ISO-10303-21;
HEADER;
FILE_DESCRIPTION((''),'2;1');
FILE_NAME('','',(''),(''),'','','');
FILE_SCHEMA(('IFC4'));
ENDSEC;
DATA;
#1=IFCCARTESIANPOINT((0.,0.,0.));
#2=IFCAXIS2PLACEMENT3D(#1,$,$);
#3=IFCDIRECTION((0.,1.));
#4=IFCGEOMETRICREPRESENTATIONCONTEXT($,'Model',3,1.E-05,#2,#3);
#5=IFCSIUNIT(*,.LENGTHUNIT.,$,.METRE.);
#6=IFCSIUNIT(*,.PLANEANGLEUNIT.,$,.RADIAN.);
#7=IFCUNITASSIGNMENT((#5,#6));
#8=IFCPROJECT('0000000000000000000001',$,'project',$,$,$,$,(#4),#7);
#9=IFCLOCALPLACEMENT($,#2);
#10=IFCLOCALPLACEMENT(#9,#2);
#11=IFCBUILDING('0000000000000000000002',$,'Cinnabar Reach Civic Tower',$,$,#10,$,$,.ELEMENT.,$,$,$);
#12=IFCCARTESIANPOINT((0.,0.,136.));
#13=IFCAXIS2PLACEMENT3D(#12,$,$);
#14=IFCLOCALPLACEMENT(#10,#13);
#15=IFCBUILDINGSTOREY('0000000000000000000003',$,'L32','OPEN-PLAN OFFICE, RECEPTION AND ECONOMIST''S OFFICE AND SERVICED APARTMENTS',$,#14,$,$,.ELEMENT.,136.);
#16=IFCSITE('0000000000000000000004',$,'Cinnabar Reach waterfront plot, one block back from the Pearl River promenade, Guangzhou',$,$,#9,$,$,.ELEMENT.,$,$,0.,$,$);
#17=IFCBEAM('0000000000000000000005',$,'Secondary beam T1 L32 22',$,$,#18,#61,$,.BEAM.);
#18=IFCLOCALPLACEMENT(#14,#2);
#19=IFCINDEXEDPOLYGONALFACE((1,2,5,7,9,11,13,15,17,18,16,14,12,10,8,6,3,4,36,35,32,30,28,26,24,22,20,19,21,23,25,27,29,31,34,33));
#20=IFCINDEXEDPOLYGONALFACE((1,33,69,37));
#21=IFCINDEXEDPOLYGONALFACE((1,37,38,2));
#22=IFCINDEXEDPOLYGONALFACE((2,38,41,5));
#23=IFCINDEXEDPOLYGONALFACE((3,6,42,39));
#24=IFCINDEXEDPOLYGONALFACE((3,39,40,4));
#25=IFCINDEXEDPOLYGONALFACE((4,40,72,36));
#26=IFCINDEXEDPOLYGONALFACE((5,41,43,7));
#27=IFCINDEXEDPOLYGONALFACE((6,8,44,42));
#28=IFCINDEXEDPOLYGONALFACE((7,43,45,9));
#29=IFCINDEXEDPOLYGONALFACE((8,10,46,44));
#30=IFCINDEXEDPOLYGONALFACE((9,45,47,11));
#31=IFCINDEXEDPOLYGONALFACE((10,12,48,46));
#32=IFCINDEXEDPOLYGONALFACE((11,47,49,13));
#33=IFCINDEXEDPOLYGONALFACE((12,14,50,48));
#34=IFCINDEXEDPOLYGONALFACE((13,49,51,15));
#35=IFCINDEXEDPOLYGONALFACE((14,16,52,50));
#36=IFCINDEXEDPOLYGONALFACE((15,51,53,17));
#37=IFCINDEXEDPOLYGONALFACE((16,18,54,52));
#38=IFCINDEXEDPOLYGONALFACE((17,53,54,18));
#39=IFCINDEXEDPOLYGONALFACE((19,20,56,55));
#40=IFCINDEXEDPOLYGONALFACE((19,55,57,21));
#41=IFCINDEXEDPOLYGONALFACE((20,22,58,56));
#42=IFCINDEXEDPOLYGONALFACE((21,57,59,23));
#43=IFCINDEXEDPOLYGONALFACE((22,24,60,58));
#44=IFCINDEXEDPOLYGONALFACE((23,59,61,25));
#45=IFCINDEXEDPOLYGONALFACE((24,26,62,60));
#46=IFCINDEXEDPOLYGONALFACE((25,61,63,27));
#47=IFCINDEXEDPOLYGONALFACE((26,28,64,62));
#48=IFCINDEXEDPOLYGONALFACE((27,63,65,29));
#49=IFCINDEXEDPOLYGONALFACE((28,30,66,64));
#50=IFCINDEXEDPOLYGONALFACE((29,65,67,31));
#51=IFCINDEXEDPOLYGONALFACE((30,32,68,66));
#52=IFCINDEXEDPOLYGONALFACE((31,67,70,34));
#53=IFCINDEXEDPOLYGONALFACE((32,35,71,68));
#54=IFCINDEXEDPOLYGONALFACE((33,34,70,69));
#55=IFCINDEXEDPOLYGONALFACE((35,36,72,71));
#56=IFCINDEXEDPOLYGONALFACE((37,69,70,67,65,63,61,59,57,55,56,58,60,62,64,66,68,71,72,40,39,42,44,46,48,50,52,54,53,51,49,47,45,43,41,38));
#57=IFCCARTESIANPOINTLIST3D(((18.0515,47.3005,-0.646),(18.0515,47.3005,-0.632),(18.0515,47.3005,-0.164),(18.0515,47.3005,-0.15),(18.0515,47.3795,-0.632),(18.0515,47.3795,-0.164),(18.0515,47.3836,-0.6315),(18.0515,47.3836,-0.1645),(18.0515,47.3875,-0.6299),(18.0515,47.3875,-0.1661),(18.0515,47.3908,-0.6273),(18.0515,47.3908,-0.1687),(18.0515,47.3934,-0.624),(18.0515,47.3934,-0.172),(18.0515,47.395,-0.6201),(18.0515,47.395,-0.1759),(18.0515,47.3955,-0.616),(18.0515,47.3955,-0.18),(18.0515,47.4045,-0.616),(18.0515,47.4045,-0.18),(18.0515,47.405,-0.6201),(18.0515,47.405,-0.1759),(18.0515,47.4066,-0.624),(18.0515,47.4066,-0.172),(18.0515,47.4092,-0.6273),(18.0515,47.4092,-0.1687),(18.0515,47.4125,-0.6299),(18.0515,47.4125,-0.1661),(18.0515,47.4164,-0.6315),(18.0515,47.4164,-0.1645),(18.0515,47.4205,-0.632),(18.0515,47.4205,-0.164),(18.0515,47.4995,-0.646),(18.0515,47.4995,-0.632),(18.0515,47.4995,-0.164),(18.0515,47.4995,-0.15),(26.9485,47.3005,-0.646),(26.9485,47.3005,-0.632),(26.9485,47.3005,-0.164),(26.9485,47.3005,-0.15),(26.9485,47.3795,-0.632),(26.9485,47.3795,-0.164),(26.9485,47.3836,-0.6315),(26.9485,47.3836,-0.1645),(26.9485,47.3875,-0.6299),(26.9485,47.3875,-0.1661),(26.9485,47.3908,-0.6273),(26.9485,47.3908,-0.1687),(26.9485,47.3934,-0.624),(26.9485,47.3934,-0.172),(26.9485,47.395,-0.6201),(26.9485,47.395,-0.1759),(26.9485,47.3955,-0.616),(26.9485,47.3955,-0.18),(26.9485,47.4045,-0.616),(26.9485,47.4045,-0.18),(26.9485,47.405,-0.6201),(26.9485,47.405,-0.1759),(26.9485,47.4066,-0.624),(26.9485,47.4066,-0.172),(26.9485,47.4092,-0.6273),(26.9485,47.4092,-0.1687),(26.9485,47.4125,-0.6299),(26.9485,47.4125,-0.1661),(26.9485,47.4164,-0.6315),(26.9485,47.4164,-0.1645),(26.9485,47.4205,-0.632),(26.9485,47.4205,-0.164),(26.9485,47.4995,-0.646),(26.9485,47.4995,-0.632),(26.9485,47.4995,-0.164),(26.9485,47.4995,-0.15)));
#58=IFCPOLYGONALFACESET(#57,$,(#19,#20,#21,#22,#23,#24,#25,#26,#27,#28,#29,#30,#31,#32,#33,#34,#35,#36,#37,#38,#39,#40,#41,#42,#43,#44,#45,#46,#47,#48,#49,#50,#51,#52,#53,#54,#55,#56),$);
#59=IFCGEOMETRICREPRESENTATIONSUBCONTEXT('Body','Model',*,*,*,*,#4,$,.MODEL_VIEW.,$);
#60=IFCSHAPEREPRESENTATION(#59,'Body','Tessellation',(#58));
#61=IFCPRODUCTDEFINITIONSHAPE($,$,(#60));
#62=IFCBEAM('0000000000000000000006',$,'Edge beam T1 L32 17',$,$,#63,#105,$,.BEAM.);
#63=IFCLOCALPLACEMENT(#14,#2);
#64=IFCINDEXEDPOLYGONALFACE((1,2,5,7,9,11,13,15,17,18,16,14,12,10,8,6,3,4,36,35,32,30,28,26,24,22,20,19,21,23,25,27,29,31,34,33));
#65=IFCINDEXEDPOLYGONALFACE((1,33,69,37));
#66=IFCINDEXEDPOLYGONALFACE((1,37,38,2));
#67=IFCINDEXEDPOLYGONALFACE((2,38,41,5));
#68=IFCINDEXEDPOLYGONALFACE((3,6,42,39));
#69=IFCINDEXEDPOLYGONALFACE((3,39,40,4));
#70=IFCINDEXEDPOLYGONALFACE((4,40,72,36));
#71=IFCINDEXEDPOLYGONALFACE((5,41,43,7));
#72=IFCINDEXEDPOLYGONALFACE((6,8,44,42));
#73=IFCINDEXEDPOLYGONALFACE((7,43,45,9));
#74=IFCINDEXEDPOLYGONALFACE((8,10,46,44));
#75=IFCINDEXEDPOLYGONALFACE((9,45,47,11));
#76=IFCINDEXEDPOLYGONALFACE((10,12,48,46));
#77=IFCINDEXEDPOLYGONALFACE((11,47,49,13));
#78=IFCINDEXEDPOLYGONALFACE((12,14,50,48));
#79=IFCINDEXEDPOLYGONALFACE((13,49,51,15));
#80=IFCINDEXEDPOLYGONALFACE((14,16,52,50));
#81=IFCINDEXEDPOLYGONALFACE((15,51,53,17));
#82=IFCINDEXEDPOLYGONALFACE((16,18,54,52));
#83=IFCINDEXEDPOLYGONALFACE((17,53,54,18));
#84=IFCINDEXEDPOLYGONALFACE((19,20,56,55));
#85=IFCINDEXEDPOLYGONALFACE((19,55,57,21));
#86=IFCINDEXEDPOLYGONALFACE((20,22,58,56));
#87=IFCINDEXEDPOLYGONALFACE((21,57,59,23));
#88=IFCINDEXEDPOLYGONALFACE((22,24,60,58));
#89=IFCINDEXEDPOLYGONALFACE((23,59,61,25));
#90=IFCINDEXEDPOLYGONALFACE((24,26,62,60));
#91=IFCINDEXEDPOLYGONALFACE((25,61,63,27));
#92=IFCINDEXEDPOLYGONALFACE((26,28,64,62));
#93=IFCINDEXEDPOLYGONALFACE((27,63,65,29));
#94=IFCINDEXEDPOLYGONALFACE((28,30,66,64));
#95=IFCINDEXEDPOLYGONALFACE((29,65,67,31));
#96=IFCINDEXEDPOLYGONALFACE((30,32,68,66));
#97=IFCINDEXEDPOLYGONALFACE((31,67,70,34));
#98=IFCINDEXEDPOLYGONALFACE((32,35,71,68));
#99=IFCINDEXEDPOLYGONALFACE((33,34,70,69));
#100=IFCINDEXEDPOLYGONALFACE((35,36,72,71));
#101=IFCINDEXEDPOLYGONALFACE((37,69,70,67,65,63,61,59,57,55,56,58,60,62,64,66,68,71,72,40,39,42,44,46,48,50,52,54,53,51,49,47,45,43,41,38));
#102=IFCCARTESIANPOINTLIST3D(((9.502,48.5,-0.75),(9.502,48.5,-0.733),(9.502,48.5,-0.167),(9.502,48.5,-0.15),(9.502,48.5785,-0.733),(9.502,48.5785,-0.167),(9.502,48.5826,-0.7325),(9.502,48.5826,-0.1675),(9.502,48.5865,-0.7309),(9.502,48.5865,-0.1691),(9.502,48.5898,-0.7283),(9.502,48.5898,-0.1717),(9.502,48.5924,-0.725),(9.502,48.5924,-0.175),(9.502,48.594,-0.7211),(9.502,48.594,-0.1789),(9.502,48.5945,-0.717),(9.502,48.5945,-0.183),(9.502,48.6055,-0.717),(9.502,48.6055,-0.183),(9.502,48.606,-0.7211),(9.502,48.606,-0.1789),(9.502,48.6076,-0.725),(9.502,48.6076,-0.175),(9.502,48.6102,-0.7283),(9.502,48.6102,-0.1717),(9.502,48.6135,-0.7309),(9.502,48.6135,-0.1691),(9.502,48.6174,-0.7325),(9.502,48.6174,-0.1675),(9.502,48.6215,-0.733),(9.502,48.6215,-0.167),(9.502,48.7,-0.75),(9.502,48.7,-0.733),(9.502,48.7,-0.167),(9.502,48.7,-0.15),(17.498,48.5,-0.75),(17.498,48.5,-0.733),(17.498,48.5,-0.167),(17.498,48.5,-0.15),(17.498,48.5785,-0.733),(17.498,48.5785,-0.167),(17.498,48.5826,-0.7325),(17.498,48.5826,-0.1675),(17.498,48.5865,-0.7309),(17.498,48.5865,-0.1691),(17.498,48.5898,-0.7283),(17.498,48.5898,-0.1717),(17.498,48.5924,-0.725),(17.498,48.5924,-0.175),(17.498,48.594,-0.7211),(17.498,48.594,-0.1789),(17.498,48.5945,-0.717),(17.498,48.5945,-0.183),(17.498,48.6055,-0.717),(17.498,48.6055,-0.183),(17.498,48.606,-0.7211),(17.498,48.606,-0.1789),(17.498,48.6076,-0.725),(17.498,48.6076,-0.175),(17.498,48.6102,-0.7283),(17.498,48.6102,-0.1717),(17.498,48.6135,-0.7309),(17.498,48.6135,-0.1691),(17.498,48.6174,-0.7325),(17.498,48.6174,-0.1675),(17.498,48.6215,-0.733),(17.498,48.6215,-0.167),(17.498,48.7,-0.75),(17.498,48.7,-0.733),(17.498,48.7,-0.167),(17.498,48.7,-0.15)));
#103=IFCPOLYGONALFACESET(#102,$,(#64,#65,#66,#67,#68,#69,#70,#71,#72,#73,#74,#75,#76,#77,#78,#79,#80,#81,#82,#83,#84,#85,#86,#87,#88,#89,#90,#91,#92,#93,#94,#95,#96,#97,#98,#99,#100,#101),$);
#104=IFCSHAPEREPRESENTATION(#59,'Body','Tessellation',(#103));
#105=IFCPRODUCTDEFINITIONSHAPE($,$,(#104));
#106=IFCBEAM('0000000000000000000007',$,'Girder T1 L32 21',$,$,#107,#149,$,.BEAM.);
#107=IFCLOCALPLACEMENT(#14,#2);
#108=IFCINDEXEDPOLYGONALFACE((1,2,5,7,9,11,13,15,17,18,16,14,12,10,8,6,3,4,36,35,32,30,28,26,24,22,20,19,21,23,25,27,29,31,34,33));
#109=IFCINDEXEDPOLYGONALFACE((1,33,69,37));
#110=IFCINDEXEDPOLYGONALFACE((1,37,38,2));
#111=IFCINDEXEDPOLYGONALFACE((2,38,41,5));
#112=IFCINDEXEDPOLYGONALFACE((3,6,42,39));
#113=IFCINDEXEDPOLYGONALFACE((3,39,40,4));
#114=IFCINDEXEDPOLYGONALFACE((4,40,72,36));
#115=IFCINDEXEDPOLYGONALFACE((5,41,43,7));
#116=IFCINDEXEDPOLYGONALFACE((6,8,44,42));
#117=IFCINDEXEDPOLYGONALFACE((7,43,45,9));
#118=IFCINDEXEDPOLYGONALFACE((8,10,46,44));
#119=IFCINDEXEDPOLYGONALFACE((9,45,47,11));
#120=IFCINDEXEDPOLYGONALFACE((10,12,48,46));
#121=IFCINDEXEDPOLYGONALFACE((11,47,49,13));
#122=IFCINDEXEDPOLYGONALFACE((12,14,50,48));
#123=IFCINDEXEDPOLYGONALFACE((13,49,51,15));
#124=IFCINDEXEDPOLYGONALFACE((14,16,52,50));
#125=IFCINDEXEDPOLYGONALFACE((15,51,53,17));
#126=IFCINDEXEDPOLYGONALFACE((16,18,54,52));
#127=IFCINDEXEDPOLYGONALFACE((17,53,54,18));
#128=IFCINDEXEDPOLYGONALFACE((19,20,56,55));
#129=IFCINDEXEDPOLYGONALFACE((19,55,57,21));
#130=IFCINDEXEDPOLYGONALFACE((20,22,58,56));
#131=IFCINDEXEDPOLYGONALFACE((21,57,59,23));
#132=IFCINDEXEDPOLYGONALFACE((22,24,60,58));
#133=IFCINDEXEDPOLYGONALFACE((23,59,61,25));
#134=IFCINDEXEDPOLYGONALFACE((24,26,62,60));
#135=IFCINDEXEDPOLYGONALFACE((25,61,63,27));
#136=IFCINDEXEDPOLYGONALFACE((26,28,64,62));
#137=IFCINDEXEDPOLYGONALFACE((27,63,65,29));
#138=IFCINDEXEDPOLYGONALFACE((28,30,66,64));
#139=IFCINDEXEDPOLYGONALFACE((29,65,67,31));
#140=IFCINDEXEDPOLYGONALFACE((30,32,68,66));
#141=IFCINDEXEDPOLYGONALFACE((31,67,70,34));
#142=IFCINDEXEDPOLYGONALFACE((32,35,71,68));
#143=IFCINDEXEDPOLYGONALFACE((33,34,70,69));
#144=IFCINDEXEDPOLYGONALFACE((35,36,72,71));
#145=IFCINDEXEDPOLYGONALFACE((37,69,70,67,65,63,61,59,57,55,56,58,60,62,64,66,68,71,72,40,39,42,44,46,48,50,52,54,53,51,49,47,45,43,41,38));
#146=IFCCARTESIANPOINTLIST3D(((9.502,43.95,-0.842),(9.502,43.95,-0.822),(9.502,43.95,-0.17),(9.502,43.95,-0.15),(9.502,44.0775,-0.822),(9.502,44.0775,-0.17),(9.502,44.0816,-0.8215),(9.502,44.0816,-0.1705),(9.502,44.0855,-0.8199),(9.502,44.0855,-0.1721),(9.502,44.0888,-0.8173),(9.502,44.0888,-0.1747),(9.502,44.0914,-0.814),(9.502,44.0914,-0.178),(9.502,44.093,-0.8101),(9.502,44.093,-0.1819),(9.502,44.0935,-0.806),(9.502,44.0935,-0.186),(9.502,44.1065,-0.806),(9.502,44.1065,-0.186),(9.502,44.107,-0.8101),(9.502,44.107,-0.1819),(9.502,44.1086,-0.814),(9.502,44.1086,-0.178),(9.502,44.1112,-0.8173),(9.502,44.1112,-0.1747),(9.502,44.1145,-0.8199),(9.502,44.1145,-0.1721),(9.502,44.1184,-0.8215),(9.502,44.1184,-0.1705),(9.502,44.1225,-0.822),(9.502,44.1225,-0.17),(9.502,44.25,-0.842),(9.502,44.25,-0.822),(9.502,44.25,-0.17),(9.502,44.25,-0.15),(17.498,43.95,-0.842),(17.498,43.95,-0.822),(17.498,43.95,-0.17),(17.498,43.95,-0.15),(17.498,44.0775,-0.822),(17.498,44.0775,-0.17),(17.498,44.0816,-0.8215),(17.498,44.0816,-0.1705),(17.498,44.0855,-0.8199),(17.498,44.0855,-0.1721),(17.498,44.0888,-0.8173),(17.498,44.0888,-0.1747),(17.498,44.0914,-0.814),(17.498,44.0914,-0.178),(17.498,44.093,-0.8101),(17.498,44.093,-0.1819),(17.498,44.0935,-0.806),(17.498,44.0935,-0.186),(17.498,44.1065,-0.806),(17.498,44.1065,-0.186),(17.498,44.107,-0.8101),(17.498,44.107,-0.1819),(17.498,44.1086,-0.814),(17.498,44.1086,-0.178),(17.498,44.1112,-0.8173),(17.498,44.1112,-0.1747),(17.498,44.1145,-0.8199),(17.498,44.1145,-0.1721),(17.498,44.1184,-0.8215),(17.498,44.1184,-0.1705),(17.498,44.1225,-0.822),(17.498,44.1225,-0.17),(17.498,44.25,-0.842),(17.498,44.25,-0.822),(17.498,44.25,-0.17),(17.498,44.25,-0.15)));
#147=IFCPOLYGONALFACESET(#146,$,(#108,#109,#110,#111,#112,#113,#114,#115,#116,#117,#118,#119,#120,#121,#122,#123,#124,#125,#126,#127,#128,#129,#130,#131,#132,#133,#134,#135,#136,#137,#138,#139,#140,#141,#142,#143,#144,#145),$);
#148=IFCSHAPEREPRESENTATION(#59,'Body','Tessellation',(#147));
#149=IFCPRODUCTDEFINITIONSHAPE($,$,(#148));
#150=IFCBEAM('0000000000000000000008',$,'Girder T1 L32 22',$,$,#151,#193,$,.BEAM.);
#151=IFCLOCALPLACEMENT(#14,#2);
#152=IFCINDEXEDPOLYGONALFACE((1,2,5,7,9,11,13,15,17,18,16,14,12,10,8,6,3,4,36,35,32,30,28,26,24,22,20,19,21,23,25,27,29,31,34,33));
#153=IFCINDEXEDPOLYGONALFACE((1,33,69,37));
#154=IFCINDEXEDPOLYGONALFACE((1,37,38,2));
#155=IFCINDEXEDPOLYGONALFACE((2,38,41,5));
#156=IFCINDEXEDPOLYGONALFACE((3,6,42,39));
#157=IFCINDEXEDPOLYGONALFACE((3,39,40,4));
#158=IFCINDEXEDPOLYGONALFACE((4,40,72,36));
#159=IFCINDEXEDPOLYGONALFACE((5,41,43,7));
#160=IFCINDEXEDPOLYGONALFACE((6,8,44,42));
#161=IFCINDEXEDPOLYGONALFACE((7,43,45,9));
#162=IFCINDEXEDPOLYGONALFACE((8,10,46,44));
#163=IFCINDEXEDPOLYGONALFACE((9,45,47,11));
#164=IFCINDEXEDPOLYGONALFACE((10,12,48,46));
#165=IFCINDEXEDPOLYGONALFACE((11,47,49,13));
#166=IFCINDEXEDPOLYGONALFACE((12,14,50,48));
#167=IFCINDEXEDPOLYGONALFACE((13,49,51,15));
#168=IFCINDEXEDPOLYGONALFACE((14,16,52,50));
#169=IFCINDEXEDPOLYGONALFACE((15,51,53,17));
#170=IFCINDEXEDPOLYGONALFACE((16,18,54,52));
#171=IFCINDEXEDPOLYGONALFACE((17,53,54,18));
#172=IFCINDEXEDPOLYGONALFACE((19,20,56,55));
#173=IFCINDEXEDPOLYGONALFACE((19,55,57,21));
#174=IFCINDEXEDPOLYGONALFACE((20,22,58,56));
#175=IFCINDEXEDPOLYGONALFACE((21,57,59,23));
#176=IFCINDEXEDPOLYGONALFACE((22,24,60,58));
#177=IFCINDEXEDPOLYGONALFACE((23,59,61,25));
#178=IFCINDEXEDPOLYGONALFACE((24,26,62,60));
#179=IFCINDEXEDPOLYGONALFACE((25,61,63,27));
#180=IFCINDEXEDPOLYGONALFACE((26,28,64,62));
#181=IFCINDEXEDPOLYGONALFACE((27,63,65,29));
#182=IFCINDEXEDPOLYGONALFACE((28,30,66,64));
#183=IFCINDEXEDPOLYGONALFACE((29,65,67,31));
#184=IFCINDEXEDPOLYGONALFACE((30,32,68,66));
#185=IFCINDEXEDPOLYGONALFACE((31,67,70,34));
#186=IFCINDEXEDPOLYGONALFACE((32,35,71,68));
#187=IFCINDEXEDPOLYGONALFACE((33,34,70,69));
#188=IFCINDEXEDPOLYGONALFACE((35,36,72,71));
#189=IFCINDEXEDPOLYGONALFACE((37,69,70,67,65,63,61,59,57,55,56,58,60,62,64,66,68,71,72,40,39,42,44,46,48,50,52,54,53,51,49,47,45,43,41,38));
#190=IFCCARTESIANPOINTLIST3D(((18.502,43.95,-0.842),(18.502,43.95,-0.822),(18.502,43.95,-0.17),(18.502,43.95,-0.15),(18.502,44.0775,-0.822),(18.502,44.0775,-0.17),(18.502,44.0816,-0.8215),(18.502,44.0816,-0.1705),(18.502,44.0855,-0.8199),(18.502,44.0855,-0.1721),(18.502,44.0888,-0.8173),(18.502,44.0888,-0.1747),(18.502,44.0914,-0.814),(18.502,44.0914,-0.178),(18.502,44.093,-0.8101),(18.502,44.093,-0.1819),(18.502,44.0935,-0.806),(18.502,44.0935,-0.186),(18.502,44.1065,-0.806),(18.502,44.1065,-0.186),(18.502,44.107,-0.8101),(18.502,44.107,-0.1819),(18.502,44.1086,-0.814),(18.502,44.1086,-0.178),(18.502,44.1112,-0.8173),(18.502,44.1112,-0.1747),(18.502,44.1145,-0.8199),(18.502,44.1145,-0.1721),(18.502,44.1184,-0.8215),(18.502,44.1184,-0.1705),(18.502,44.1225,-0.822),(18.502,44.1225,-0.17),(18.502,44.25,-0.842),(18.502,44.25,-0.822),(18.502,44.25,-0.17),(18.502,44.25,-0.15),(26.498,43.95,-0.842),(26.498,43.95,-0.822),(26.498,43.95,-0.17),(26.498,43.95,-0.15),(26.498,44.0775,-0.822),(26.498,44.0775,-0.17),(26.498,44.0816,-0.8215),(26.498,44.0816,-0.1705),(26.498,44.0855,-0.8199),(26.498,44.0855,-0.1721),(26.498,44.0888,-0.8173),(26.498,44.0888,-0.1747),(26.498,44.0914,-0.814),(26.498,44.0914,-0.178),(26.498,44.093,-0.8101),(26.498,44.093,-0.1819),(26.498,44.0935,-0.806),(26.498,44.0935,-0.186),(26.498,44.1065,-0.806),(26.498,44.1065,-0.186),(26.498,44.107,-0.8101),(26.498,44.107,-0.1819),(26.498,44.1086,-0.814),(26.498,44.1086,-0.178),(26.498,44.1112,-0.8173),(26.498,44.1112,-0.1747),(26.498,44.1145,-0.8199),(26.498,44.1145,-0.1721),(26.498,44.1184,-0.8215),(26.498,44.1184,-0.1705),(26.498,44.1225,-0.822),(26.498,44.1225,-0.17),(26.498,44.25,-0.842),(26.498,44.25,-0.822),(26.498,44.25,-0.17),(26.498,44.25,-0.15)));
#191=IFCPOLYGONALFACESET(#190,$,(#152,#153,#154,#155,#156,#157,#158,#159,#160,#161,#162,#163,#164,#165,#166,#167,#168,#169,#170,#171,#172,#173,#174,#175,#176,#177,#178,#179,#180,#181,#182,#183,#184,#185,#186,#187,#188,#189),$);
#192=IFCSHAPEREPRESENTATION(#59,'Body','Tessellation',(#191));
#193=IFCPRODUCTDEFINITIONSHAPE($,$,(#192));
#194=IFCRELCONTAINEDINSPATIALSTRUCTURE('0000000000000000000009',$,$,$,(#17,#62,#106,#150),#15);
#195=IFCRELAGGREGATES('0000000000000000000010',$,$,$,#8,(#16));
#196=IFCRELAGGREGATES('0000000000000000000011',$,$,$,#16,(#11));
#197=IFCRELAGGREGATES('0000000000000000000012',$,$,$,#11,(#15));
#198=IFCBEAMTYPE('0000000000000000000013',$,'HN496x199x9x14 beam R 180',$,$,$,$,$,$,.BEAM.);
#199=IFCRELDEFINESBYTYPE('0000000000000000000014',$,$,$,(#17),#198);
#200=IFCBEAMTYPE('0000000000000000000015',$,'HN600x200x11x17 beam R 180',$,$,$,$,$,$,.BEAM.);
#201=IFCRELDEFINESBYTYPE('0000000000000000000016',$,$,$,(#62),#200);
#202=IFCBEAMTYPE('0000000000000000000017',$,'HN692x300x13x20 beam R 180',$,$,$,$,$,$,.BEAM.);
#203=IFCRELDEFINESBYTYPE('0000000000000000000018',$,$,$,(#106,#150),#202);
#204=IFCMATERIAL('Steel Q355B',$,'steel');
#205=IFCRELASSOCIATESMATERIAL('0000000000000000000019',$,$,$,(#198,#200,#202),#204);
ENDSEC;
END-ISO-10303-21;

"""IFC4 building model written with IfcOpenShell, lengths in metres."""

from ifc_helpers import new_model, si_unit, direction, frame, origin, origin_2d, place, context, subcontext, project, spatial, i_section, extrude, material, material_profile, profile_set, type_object, element, save


model = new_model("IFC4")

# Units and contexts
model_context = context("Model", 3, precision=1e-05, world=origin(), true_north=direction((0.0, 1.0)))
body_context = subcontext(model_context, "Body", "Model", "MODEL_VIEW")
ifc_project = project(units=[si_unit("LENGTHUNIT", "METRE"), si_unit("PLANEANGLEUNIT", "RADIAN")], contexts=[model_context])

# Site, building, storey
site_placement = place(None, origin())
site = spatial("IfcSite", under=ifc_project, at=site_placement, Name="Cinnabar Reach waterfront plot, one block back from the Pearl River promenade, Guangzhou", CompositionType="ELEMENT", RefElevation=0.0)
building_placement = place(site_placement, origin())
building = spatial("IfcBuilding", under=site, at=building_placement, Name="Cinnabar Reach Civic Tower", CompositionType="ELEMENT")
storey_placement = place(building_placement, frame((0.0, 0.0, 136.0)))
storey = spatial("IfcBuildingStorey", under=building, at=storey_placement, Name="L32", Description="OPEN-PLAN OFFICE, RECEPTION AND ECONOMIST'S OFFICE AND SERVICED APARTMENTS", CompositionType="ELEMENT", Elevation=136.0)

# Beams
ifc_material_1 = material(Name="Steel Q355B", Category="steel")
ifc_material_profile_1 = material_profile(ifc_material_1, i_section(OverallWidth=0.199, OverallDepth=0.496, WebThickness=0.009, FlangeThickness=0.014, FilletRadius=0.016, at=origin_2d()), Name="HN496x199x9x14")
ifc_profile_set_1 = profile_set([ifc_material_profile_1], Name="Steel Q355B")
beam_type_1 = type_object("IfcBeamType", Name="HN496x199x9x14 beam R 180", PredefinedType="BEAM", material=ifc_profile_set_1)
for number, where, z_axis, x_axis, name in (
    (1, (18.0515, 47.4, -0.398), (1.0, 0.0, 0.0), (0.0, 1.0, 0.0), "Secondary beam T1 L32 22"),
):
    element("IfcBeam", number, at=place(storey_placement, frame(where, z_axis=z_axis, x_axis=x_axis)), inside=storey, type_object=beam_type_1, Name=name, PredefinedType="BEAM", context=body_context, shape_type="SweptSolid", body=[
        extrude(i_section(OverallWidth=0.199, OverallDepth=0.496, WebThickness=0.009, FlangeThickness=0.014, FilletRadius=0.016, at=origin_2d()), origin(), (0.0, 0.0, 1.0), 8.897),
    ])
ifc_material_profile_2 = material_profile(ifc_material_1, i_section(OverallWidth=0.2, OverallDepth=0.6, WebThickness=0.011, FlangeThickness=0.017, FilletRadius=0.016, at=origin_2d()), Name="HN600x200x11x17")
ifc_profile_set_2 = profile_set([ifc_material_profile_2], Name="Steel Q355B")
beam_type_2 = type_object("IfcBeamType", Name="HN600x200x11x17 beam R 180", PredefinedType="BEAM", material=ifc_profile_set_2)
beam_placement = place(storey_placement, frame((17.498, 48.6, -0.45), z_axis=(-1.0, 0.0, 0.0), x_axis=(0.0, -1.0, 0.0)))
element("IfcBeam", 2, at=beam_placement, inside=storey, type_object=beam_type_2, Name="Edge beam T1 L32 17", PredefinedType="BEAM", context=body_context, shape_type="SweptSolid", body=[
    extrude(i_section(OverallWidth=0.2, OverallDepth=0.6, WebThickness=0.011, FlangeThickness=0.017, FilletRadius=0.016, at=origin_2d()), origin(), (0.0, 0.0, 1.0), 7.996),
])
ifc_material_profile_3 = material_profile(ifc_material_1, i_section(OverallWidth=0.3, OverallDepth=0.692, WebThickness=0.013, FlangeThickness=0.02, FilletRadius=0.016, at=origin_2d()), Name="HN692x300x13x20")
ifc_profile_set_3 = profile_set([ifc_material_profile_3], Name="Steel Q355B")
beam_type_3 = type_object("IfcBeamType", Name="HN692x300x13x20 beam R 180", PredefinedType="BEAM", material=ifc_profile_set_3)
for number, where, z_axis, x_axis, name in (
    (3, (9.502, 44.1, -0.496), (1.0, 0.0, 0.0), (0.0, 1.0, 0.0), "Girder T1 L32 21"),
    (4, (18.502, 44.1, -0.496), (1.0, 0.0, 0.0), (0.0, 1.0, 0.0), "Girder T1 L32 22"),
):
    element("IfcBeam", number, at=place(storey_placement, frame(where, z_axis=z_axis, x_axis=x_axis)), inside=storey, type_object=beam_type_3, Name=name, PredefinedType="BEAM", context=body_context, shape_type="SweptSolid", body=[
        extrude(i_section(OverallWidth=0.3, OverallDepth=0.692, WebThickness=0.013, FlangeThickness=0.02, FilletRadius=0.016, at=origin_2d()), origin(), (0.0, 0.0, 1.0), 7.996),
    ])

save(model, "model.ifc")
